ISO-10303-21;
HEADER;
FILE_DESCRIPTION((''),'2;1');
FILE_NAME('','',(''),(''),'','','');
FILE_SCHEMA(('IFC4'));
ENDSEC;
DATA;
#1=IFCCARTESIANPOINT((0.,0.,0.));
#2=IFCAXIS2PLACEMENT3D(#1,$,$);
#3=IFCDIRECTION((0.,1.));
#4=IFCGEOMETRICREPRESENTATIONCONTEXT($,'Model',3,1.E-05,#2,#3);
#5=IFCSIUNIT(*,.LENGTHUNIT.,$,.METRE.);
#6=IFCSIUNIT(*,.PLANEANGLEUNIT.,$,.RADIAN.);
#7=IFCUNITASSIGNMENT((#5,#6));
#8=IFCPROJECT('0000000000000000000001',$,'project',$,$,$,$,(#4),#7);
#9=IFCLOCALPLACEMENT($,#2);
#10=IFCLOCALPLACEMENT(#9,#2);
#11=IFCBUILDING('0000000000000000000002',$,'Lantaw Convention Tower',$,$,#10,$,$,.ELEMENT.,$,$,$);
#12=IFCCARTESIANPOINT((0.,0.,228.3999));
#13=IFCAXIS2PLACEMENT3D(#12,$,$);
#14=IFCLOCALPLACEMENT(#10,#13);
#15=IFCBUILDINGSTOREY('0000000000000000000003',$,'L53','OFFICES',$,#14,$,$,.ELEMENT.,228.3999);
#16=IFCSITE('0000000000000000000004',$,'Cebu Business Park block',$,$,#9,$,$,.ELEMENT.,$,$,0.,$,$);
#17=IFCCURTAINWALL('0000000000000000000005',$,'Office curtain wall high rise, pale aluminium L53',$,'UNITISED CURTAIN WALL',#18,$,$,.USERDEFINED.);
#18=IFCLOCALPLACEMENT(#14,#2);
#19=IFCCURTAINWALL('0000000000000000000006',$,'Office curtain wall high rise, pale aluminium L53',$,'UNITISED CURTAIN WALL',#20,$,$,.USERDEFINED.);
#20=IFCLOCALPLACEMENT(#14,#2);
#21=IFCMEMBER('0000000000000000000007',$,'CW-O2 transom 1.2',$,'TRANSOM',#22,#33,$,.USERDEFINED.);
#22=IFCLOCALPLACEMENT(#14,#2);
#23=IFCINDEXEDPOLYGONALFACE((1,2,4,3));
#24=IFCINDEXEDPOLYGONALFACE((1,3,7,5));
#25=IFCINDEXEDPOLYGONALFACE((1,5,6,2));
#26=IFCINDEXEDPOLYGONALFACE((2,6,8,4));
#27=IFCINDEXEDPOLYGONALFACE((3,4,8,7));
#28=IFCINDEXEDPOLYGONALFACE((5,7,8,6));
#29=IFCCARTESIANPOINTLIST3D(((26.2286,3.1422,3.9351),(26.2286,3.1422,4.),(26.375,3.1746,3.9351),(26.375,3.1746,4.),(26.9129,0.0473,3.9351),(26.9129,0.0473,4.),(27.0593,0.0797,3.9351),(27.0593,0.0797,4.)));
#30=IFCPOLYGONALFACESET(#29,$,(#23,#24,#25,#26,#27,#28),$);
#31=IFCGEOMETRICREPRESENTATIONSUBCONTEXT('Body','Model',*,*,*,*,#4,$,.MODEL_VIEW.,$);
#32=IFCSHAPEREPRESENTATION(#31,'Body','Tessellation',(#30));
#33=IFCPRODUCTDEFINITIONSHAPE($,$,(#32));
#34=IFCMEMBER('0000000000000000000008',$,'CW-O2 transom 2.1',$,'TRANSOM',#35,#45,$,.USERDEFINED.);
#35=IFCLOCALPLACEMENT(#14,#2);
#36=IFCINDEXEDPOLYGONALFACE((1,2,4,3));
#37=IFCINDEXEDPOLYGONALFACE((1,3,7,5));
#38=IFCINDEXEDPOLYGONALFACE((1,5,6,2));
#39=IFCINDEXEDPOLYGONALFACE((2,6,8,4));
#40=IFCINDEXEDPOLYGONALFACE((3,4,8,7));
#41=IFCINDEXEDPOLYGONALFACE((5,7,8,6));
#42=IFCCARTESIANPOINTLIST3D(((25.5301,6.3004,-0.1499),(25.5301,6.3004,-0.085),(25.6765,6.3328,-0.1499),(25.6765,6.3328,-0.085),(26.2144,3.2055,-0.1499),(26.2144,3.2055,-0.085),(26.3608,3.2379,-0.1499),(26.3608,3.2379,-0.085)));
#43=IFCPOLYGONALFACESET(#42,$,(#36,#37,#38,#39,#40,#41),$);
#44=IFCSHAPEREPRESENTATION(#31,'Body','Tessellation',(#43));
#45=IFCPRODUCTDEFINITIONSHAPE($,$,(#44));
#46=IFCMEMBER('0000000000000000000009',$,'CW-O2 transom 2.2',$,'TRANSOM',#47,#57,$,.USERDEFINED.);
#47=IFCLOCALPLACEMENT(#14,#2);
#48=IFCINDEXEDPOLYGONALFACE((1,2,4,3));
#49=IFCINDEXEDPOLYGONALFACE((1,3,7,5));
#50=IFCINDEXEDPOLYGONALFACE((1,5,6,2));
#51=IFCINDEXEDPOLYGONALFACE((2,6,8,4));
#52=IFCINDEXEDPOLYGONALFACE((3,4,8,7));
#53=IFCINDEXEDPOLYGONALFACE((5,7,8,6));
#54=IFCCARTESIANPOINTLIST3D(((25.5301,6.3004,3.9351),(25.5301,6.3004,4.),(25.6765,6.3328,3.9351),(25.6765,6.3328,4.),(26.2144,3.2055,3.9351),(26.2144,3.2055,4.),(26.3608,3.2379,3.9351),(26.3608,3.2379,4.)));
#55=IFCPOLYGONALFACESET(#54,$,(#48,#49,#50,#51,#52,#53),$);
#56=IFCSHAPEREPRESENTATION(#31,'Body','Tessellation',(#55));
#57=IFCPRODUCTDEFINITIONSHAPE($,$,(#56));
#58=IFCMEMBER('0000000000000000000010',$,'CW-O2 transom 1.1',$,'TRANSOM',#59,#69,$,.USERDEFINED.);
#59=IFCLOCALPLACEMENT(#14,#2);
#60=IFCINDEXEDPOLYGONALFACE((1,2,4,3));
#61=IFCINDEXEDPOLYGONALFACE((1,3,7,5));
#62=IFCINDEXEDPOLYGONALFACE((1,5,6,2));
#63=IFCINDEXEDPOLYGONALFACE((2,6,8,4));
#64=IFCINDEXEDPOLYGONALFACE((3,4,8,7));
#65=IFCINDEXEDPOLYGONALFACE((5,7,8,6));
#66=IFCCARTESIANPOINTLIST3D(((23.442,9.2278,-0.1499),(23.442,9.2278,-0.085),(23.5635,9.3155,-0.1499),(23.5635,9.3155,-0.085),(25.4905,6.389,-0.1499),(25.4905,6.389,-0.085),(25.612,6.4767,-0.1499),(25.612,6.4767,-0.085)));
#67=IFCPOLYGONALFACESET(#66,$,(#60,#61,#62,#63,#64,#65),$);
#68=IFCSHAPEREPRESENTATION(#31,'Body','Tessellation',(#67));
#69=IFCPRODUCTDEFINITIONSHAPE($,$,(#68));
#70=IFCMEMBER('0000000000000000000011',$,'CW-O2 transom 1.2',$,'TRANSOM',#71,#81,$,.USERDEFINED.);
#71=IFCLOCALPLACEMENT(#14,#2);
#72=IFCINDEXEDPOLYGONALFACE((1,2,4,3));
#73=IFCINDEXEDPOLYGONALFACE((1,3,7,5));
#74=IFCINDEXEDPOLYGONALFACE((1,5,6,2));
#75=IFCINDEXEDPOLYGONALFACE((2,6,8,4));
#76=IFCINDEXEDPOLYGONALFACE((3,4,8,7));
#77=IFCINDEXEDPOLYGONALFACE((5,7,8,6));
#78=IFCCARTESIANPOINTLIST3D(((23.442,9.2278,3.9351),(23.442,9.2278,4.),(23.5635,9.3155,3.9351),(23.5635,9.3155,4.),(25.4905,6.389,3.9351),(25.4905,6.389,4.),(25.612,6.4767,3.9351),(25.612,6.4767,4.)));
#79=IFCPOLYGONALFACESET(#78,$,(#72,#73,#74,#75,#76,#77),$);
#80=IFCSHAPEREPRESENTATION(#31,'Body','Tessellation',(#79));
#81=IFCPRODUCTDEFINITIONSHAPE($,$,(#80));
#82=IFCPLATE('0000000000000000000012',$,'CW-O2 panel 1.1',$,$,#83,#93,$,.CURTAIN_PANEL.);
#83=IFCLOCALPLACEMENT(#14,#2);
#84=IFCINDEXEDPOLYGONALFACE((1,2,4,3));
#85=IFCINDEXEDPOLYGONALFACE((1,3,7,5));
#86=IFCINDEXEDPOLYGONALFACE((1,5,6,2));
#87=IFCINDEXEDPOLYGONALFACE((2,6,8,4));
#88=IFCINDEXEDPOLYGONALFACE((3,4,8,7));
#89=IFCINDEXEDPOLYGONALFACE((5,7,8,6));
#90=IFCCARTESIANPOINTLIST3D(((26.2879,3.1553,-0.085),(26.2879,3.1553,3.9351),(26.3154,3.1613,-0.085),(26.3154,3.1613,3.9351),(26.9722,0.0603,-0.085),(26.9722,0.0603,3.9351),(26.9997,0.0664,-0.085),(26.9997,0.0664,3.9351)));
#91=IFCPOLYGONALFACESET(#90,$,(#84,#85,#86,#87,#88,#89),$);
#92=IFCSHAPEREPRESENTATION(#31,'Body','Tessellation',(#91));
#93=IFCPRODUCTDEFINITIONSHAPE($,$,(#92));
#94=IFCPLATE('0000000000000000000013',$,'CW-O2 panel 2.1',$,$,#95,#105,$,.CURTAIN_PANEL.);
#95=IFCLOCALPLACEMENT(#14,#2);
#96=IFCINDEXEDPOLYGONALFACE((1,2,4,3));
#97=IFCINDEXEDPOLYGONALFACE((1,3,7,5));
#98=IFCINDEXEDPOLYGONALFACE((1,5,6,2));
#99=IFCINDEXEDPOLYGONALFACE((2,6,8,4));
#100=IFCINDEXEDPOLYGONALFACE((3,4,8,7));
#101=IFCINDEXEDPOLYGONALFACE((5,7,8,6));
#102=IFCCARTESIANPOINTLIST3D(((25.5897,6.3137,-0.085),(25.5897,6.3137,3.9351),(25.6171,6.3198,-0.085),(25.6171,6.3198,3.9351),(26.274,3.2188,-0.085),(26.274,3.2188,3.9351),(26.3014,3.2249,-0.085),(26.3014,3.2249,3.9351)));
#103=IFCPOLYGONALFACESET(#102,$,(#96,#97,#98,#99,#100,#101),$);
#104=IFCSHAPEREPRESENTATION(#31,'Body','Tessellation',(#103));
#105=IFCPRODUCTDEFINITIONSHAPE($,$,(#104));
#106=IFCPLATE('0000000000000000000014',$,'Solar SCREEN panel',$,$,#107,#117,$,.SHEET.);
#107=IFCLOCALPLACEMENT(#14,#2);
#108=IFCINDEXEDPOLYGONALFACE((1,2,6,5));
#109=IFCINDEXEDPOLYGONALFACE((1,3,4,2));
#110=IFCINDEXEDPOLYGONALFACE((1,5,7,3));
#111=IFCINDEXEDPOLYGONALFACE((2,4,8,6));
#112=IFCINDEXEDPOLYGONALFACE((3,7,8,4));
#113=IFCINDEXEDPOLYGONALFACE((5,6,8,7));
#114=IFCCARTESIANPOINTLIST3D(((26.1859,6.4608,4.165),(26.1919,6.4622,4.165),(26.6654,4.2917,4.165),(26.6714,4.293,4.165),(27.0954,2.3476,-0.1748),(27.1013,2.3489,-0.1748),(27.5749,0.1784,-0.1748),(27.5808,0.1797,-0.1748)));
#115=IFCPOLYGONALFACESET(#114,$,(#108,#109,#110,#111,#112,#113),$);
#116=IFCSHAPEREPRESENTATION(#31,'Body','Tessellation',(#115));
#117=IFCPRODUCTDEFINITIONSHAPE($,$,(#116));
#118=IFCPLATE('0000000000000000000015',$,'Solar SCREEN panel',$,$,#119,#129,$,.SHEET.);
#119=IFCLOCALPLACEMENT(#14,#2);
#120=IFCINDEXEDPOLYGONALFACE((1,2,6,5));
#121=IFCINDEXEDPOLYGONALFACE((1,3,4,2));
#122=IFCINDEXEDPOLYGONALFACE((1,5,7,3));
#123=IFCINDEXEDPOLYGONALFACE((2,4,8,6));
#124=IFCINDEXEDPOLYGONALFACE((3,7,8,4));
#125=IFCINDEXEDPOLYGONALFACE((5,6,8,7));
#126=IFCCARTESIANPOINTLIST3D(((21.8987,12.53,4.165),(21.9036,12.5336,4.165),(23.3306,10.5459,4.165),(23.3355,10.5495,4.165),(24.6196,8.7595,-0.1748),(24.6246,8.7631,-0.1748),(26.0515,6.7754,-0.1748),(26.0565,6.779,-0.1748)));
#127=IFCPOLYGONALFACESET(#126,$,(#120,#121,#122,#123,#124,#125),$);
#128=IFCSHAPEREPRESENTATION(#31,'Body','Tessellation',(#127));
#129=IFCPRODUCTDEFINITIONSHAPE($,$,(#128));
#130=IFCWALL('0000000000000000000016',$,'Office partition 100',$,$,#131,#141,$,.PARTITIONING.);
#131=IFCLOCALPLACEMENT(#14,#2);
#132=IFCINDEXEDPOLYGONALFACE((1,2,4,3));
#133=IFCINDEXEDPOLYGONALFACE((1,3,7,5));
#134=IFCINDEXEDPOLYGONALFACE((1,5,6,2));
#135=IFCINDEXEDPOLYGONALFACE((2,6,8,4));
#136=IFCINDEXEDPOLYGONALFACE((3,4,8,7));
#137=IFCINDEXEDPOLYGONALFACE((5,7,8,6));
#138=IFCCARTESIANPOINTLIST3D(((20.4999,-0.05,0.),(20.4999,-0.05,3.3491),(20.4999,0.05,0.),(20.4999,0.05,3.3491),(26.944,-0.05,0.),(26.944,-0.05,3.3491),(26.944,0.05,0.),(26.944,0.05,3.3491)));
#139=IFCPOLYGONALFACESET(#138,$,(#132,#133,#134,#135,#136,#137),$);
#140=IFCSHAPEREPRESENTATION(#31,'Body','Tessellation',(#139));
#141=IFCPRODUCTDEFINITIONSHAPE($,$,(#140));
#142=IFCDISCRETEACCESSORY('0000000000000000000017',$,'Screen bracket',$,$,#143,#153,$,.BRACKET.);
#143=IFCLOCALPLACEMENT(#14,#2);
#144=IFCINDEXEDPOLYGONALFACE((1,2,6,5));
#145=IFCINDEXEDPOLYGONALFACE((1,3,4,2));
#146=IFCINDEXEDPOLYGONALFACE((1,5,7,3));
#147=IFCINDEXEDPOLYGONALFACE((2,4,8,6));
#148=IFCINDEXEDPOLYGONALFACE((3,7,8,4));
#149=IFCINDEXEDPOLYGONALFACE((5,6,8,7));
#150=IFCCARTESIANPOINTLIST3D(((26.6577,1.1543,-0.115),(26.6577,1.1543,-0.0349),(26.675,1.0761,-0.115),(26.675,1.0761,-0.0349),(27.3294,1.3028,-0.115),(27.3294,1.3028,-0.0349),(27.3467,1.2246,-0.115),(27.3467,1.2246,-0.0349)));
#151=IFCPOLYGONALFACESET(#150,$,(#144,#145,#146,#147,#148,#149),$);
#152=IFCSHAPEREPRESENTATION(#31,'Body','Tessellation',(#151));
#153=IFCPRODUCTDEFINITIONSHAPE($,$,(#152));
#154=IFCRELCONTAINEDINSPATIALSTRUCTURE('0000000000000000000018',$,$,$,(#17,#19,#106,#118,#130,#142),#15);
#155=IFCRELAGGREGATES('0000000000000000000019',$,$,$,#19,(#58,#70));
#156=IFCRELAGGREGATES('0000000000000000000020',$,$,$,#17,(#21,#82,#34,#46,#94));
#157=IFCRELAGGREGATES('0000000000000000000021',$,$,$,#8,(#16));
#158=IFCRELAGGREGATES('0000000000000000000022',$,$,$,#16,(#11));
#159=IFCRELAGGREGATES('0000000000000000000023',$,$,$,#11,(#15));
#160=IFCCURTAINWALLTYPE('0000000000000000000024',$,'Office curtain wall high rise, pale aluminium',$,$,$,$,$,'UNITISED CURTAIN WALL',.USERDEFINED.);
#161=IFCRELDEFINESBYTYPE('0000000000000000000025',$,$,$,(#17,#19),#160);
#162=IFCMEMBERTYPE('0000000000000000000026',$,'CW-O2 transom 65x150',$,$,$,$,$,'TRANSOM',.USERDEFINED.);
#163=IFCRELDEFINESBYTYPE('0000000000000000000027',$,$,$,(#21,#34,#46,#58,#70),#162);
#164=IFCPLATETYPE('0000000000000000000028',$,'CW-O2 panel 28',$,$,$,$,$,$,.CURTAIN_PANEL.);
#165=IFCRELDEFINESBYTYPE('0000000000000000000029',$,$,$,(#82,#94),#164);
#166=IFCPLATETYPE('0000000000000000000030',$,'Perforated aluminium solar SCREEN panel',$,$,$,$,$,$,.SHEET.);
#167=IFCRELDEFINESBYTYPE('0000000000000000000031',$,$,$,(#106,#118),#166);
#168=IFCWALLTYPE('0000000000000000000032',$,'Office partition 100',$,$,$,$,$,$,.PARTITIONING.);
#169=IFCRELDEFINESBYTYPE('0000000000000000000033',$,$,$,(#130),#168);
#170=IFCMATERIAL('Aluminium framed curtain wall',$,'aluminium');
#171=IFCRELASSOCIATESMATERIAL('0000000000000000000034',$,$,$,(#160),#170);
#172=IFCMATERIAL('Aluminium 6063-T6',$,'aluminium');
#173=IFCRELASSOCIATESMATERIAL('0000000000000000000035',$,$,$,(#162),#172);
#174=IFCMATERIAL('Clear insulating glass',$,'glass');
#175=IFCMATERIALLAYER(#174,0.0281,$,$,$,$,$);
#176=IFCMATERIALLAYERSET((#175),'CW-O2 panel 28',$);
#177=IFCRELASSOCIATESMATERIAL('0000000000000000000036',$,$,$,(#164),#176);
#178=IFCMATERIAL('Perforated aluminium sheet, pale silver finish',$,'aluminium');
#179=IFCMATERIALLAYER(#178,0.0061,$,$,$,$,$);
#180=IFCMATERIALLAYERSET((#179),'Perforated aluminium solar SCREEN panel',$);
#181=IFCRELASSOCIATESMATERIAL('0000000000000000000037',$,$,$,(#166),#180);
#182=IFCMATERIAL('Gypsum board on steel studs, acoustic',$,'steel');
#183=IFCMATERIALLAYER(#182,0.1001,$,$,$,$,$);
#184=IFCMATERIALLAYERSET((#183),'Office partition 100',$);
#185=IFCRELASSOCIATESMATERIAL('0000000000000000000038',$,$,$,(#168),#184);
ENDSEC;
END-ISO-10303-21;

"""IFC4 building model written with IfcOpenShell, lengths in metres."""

from ifc_helpers import new_model, si_unit, direction, frame, frame_2d, origin, origin_2d, place, context, subcontext, project, spatial, polyline, rectangle, outline, extrude, material, layer, layer_set, material_profile, profile_set, type_object, element, aggregate, save


model = new_model("IFC4")

# Units and contexts
model_context = context("Model", 3, precision=1e-05, world=origin(), true_north=direction((0.0, 1.0)))
body_context = subcontext(model_context, "Body", "Model", "MODEL_VIEW")
ifc_project = project(units=[si_unit("LENGTHUNIT", "METRE"), si_unit("PLANEANGLEUNIT", "RADIAN")], contexts=[model_context])

# Site, building, storey
site_placement = place(None, origin())
site = spatial("IfcSite", under=ifc_project, at=site_placement, Name="Cebu Business Park block", CompositionType="ELEMENT", RefElevation=0.0)
building_placement = place(site_placement, origin())
building = spatial("IfcBuilding", under=site, at=building_placement, Name="Lantaw Convention Tower", CompositionType="ELEMENT")
storey_placement = place(building_placement, frame((0.0, 0.0, 228.3999)))
storey = spatial("IfcBuildingStorey", under=building, at=storey_placement, Name="L53", Description="OFFICES", CompositionType="ELEMENT", Elevation=228.3999)

# Curtain wall
ifc_material_1 = material(Name="Aluminium framed curtain wall", Category="aluminium")
curtain_wall_type = type_object("IfcCurtainWallType", Name="Office curtain wall high rise, pale aluminium", ElementType="UNITISED CURTAIN WALL", PredefinedType="USERDEFINED", material=ifc_material_1)
curtain_wall_1_placement = place(storey_placement, origin())
curtain_wall_1 = element("IfcCurtainWall", 1, at=curtain_wall_1_placement, inside=storey, type_object=curtain_wall_type, Name="Office curtain wall high rise, pale aluminium L53", ObjectType="UNITISED CURTAIN WALL", PredefinedType="USERDEFINED")
ifc_material_2 = material(Name="Aluminium 6063-T6", Category="aluminium")

# Curtain wall
curtain_wall_2_placement = place(storey_placement, origin())
curtain_wall_2 = element("IfcCurtainWall", 2, at=curtain_wall_2_placement, inside=storey, type_object=curtain_wall_type, Name="Office curtain wall high rise, pale aluminium L53", ObjectType="UNITISED CURTAIN WALL", PredefinedType="USERDEFINED")

# Members
ifc_material_profile_1 = material_profile(ifc_material_2, rectangle(XDim=0.1499, YDim=0.0649, at=origin_2d()), Name="CW-O2 transom 65x150")
ifc_profile_set_1 = profile_set([ifc_material_profile_1], Name="Aluminium 6063-T6")
member_type_1 = type_object("IfcMemberType", Name="CW-O2 transom 65x150", ElementType="TRANSOM", PredefinedType="USERDEFINED", material=ifc_profile_set_1)
member_1_placement = place(storey_placement, frame((26.9861, 0.0635, 3.9675), z_axis=(-0.215895, 0.976417, 0.0), x_axis=(-0.976417, -0.215895, 0.0)))
member_1 = element("IfcMember", 3, at=member_1_placement, type_object=member_type_1, Name="CW-O2 transom 1.2", ObjectType="TRANSOM", PredefinedType="USERDEFINED", context=body_context, shape_type="SweptSolid", body=[
    extrude(rectangle(XDim=0.1499, YDim=0.0649, at=origin_2d()), origin(), (0.0, 0.0, 1.0), 3.1697),
])
member_2_placement = place(storey_placement, frame((26.2876, 3.2217, -0.1174), z_axis=(-0.215895, 0.976417, 0.0), x_axis=(-0.976417, -0.215895, 0.0)))
member_2 = element("IfcMember", 4, at=member_2_placement, type_object=member_type_1, Name="CW-O2 transom 2.1", ObjectType="TRANSOM", PredefinedType="USERDEFINED", context=body_context, shape_type="SweptSolid", body=[
    extrude(rectangle(XDim=0.1499, YDim=0.0649, at=origin_2d()), origin(), (0.0, 0.0, 1.0), 3.1697),
])
member_3_placement = place(storey_placement, frame((26.2876, 3.2217, 3.9675), z_axis=(-0.215895, 0.976417, 0.0), x_axis=(-0.976417, -0.215895, 0.0)))
member_3 = element("IfcMember", 5, at=member_3_placement, type_object=member_type_1, Name="CW-O2 transom 2.2", ObjectType="TRANSOM", PredefinedType="USERDEFINED", context=body_context, shape_type="SweptSolid", body=[
    extrude(rectangle(XDim=0.1499, YDim=0.0649, at=origin_2d()), origin(), (0.0, 0.0, 1.0), 3.1697),
])
member_4_placement = place(storey_placement, frame((25.5513, 6.4329, -0.1174), z_axis=(-0.58517, 0.810911, 0.0), x_axis=(-0.810911, -0.58517, 0.0)))
member_4 = element("IfcMember", 6, at=member_4_placement, type_object=member_type_1, Name="CW-O2 transom 1.1", ObjectType="TRANSOM", PredefinedType="USERDEFINED", context=body_context, shape_type="SweptSolid", body=[
    extrude(rectangle(XDim=0.1499, YDim=0.0649, at=origin_2d()), origin(), (0.0, 0.0, 1.0), 3.5007),
])
member_5_placement = place(storey_placement, frame((25.5513, 6.4329, 3.9675), z_axis=(-0.58517, 0.810911, 0.0), x_axis=(-0.810911, -0.58517, 0.0)))
member_5 = element("IfcMember", 7, at=member_5_placement, type_object=member_type_1, Name="CW-O2 transom 1.2", ObjectType="TRANSOM", PredefinedType="USERDEFINED", context=body_context, shape_type="SweptSolid", body=[
    extrude(rectangle(XDim=0.1499, YDim=0.0649, at=origin_2d()), origin(), (0.0, 0.0, 1.0), 3.5007),
])
aggregate(curtain_wall_2, [member_4, member_5])

# Plates
ifc_material_3 = material(Name="Clear insulating glass", Category="glass")
ifc_layer_1 = layer(ifc_material_3, 0.0281)
ifc_layer_set_1 = layer_set([ifc_layer_1], Name="CW-O2 panel 28")
plate_type_1 = type_object("IfcPlateType", Name="CW-O2 panel 28", PredefinedType="CURTAIN_PANEL", material=ifc_layer_set_1)
plate_1_placement = place(storey_placement, frame((26.6438, 1.6108, -0.085), z_axis=(0.0, 0.0, 1.0), x_axis=(-0.215891, 0.976417, 0.0)))
plate_1 = element("IfcPlate", 8, at=plate_1_placement, type_object=plate_type_1, Name="CW-O2 panel 1.1", PredefinedType="CURTAIN_PANEL", context=body_context, shape_type="SweptSolid", body=[
    extrude(rectangle(XDim=3.1697, YDim=0.0281, at=origin_2d()), origin(), (0.0, 0.0, 1.0), 4.02),
])
plate_2_placement = place(storey_placement, frame((25.9456, 4.7693, -0.085), z_axis=(0.0, 0.0, 1.0), x_axis=(-0.215891, 0.976417, 0.0)))
plate_2 = element("IfcPlate", 9, at=plate_2_placement, type_object=plate_type_1, Name="CW-O2 panel 2.1", PredefinedType="CURTAIN_PANEL", context=body_context, shape_type="SweptSolid", body=[
    extrude(rectangle(XDim=3.1697, YDim=0.0281, at=origin_2d()), origin(), (0.0, 0.0, 1.0), 4.02),
])
aggregate(curtain_wall_1, [member_1, plate_1, member_2, member_3, plate_2])

# Plates
ifc_material_4 = material(Name="Perforated aluminium sheet, pale silver finish", Category="aluminium")
ifc_layer_2 = layer(ifc_material_4, 0.0061)
ifc_layer_set_2 = layer_set([ifc_layer_2], Name="Perforated aluminium solar SCREEN panel")
plate_type_2 = type_object("IfcPlateType", Name="Perforated aluminium solar SCREEN panel", PredefinedType="SHEET", material=ifc_layer_set_2)
plate_3_placement = place(storey_placement, frame((27.5808, 0.1797, -0.1748), z_axis=(0.97643, 0.215837, 0.000044), x_axis=(-0.215837, 0.97643, 0.0)))
element("IfcPlate", 10, at=plate_3_placement, inside=storey, type_object=plate_type_2, Name="Solar SCREEN panel", PredefinedType="SHEET", context=body_context, shape_type="SweptSolid", body=[
    extrude(outline(polyline([(0.0, 0.0), (2.2216, 0.0), (6.4342, 4.3398), (4.2126, 4.3398), (0.0, 0.0)])), origin(), (0.0, 0.0, -1.0), 0.0061),
])
plate_4_placement = place(storey_placement, frame((26.0515, 6.7754, -0.1748), z_axis=(-0.810892, -0.585195, 0.00002), x_axis=(-0.585195, 0.810892, 0.0)))
element("IfcPlate", 11, at=plate_4_placement, inside=storey, type_object=plate_type_2, Name="Solar SCREEN panel", PredefinedType="SHEET", context=body_context, shape_type="SweptSolid", body=[
    extrude(outline(polyline([(0.0, 0.0), (2.4468, 0.0), (7.0966, -4.3398), (4.6498, -4.3398), (0.0, 0.0)])), origin(), (0.0, 0.0, -1.0), 0.0061),
])

# Wall
ifc_material_5 = material(Name="Gypsum board on steel studs, acoustic", Category="steel")
ifc_layer_3 = layer(ifc_material_5, 0.1001)
ifc_layer_set_3 = layer_set([ifc_layer_3], Name="Office partition 100")
wall_type = type_object("IfcWallType", Name="Office partition 100", PredefinedType="PARTITIONING", material=ifc_layer_set_3)
wall_placement = place(storey_placement, frame((26.9441, 0.0, 0.0), z_axis=(0.0, 0.0, 1.0), x_axis=(-1.0, 0.0, 0.0)))
element("IfcWall", 12, at=wall_placement, inside=storey, type_object=wall_type, Name="Office partition 100", PredefinedType="PARTITIONING", context=body_context, shape_type="SweptSolid", body=[
    extrude(rectangle(XDim=6.4441, YDim=0.1001, at=frame_2d((3.2222, 0.0))), origin(), (0.0, 0.0, 1.0), 3.3491),
])

# Discrete accessory
discrete_accessory_placement = place(storey_placement, frame((27.0022, 1.1895, -0.115), z_axis=(0.0, 0.0, 1.0), x_axis=(-0.215891, 0.976417, 0.0)))
element("IfcDiscreteAccessory", 13, at=discrete_accessory_placement, inside=storey, Name="Screen bracket", PredefinedType="BRACKET", context=body_context, shape_type="SweptSolid", body=[
    extrude(rectangle(XDim=0.0801, YDim=0.688, at=origin_2d()), origin(), (0.0, 0.0, 1.0), 0.0801),
])

save(model, "model.ifc")
